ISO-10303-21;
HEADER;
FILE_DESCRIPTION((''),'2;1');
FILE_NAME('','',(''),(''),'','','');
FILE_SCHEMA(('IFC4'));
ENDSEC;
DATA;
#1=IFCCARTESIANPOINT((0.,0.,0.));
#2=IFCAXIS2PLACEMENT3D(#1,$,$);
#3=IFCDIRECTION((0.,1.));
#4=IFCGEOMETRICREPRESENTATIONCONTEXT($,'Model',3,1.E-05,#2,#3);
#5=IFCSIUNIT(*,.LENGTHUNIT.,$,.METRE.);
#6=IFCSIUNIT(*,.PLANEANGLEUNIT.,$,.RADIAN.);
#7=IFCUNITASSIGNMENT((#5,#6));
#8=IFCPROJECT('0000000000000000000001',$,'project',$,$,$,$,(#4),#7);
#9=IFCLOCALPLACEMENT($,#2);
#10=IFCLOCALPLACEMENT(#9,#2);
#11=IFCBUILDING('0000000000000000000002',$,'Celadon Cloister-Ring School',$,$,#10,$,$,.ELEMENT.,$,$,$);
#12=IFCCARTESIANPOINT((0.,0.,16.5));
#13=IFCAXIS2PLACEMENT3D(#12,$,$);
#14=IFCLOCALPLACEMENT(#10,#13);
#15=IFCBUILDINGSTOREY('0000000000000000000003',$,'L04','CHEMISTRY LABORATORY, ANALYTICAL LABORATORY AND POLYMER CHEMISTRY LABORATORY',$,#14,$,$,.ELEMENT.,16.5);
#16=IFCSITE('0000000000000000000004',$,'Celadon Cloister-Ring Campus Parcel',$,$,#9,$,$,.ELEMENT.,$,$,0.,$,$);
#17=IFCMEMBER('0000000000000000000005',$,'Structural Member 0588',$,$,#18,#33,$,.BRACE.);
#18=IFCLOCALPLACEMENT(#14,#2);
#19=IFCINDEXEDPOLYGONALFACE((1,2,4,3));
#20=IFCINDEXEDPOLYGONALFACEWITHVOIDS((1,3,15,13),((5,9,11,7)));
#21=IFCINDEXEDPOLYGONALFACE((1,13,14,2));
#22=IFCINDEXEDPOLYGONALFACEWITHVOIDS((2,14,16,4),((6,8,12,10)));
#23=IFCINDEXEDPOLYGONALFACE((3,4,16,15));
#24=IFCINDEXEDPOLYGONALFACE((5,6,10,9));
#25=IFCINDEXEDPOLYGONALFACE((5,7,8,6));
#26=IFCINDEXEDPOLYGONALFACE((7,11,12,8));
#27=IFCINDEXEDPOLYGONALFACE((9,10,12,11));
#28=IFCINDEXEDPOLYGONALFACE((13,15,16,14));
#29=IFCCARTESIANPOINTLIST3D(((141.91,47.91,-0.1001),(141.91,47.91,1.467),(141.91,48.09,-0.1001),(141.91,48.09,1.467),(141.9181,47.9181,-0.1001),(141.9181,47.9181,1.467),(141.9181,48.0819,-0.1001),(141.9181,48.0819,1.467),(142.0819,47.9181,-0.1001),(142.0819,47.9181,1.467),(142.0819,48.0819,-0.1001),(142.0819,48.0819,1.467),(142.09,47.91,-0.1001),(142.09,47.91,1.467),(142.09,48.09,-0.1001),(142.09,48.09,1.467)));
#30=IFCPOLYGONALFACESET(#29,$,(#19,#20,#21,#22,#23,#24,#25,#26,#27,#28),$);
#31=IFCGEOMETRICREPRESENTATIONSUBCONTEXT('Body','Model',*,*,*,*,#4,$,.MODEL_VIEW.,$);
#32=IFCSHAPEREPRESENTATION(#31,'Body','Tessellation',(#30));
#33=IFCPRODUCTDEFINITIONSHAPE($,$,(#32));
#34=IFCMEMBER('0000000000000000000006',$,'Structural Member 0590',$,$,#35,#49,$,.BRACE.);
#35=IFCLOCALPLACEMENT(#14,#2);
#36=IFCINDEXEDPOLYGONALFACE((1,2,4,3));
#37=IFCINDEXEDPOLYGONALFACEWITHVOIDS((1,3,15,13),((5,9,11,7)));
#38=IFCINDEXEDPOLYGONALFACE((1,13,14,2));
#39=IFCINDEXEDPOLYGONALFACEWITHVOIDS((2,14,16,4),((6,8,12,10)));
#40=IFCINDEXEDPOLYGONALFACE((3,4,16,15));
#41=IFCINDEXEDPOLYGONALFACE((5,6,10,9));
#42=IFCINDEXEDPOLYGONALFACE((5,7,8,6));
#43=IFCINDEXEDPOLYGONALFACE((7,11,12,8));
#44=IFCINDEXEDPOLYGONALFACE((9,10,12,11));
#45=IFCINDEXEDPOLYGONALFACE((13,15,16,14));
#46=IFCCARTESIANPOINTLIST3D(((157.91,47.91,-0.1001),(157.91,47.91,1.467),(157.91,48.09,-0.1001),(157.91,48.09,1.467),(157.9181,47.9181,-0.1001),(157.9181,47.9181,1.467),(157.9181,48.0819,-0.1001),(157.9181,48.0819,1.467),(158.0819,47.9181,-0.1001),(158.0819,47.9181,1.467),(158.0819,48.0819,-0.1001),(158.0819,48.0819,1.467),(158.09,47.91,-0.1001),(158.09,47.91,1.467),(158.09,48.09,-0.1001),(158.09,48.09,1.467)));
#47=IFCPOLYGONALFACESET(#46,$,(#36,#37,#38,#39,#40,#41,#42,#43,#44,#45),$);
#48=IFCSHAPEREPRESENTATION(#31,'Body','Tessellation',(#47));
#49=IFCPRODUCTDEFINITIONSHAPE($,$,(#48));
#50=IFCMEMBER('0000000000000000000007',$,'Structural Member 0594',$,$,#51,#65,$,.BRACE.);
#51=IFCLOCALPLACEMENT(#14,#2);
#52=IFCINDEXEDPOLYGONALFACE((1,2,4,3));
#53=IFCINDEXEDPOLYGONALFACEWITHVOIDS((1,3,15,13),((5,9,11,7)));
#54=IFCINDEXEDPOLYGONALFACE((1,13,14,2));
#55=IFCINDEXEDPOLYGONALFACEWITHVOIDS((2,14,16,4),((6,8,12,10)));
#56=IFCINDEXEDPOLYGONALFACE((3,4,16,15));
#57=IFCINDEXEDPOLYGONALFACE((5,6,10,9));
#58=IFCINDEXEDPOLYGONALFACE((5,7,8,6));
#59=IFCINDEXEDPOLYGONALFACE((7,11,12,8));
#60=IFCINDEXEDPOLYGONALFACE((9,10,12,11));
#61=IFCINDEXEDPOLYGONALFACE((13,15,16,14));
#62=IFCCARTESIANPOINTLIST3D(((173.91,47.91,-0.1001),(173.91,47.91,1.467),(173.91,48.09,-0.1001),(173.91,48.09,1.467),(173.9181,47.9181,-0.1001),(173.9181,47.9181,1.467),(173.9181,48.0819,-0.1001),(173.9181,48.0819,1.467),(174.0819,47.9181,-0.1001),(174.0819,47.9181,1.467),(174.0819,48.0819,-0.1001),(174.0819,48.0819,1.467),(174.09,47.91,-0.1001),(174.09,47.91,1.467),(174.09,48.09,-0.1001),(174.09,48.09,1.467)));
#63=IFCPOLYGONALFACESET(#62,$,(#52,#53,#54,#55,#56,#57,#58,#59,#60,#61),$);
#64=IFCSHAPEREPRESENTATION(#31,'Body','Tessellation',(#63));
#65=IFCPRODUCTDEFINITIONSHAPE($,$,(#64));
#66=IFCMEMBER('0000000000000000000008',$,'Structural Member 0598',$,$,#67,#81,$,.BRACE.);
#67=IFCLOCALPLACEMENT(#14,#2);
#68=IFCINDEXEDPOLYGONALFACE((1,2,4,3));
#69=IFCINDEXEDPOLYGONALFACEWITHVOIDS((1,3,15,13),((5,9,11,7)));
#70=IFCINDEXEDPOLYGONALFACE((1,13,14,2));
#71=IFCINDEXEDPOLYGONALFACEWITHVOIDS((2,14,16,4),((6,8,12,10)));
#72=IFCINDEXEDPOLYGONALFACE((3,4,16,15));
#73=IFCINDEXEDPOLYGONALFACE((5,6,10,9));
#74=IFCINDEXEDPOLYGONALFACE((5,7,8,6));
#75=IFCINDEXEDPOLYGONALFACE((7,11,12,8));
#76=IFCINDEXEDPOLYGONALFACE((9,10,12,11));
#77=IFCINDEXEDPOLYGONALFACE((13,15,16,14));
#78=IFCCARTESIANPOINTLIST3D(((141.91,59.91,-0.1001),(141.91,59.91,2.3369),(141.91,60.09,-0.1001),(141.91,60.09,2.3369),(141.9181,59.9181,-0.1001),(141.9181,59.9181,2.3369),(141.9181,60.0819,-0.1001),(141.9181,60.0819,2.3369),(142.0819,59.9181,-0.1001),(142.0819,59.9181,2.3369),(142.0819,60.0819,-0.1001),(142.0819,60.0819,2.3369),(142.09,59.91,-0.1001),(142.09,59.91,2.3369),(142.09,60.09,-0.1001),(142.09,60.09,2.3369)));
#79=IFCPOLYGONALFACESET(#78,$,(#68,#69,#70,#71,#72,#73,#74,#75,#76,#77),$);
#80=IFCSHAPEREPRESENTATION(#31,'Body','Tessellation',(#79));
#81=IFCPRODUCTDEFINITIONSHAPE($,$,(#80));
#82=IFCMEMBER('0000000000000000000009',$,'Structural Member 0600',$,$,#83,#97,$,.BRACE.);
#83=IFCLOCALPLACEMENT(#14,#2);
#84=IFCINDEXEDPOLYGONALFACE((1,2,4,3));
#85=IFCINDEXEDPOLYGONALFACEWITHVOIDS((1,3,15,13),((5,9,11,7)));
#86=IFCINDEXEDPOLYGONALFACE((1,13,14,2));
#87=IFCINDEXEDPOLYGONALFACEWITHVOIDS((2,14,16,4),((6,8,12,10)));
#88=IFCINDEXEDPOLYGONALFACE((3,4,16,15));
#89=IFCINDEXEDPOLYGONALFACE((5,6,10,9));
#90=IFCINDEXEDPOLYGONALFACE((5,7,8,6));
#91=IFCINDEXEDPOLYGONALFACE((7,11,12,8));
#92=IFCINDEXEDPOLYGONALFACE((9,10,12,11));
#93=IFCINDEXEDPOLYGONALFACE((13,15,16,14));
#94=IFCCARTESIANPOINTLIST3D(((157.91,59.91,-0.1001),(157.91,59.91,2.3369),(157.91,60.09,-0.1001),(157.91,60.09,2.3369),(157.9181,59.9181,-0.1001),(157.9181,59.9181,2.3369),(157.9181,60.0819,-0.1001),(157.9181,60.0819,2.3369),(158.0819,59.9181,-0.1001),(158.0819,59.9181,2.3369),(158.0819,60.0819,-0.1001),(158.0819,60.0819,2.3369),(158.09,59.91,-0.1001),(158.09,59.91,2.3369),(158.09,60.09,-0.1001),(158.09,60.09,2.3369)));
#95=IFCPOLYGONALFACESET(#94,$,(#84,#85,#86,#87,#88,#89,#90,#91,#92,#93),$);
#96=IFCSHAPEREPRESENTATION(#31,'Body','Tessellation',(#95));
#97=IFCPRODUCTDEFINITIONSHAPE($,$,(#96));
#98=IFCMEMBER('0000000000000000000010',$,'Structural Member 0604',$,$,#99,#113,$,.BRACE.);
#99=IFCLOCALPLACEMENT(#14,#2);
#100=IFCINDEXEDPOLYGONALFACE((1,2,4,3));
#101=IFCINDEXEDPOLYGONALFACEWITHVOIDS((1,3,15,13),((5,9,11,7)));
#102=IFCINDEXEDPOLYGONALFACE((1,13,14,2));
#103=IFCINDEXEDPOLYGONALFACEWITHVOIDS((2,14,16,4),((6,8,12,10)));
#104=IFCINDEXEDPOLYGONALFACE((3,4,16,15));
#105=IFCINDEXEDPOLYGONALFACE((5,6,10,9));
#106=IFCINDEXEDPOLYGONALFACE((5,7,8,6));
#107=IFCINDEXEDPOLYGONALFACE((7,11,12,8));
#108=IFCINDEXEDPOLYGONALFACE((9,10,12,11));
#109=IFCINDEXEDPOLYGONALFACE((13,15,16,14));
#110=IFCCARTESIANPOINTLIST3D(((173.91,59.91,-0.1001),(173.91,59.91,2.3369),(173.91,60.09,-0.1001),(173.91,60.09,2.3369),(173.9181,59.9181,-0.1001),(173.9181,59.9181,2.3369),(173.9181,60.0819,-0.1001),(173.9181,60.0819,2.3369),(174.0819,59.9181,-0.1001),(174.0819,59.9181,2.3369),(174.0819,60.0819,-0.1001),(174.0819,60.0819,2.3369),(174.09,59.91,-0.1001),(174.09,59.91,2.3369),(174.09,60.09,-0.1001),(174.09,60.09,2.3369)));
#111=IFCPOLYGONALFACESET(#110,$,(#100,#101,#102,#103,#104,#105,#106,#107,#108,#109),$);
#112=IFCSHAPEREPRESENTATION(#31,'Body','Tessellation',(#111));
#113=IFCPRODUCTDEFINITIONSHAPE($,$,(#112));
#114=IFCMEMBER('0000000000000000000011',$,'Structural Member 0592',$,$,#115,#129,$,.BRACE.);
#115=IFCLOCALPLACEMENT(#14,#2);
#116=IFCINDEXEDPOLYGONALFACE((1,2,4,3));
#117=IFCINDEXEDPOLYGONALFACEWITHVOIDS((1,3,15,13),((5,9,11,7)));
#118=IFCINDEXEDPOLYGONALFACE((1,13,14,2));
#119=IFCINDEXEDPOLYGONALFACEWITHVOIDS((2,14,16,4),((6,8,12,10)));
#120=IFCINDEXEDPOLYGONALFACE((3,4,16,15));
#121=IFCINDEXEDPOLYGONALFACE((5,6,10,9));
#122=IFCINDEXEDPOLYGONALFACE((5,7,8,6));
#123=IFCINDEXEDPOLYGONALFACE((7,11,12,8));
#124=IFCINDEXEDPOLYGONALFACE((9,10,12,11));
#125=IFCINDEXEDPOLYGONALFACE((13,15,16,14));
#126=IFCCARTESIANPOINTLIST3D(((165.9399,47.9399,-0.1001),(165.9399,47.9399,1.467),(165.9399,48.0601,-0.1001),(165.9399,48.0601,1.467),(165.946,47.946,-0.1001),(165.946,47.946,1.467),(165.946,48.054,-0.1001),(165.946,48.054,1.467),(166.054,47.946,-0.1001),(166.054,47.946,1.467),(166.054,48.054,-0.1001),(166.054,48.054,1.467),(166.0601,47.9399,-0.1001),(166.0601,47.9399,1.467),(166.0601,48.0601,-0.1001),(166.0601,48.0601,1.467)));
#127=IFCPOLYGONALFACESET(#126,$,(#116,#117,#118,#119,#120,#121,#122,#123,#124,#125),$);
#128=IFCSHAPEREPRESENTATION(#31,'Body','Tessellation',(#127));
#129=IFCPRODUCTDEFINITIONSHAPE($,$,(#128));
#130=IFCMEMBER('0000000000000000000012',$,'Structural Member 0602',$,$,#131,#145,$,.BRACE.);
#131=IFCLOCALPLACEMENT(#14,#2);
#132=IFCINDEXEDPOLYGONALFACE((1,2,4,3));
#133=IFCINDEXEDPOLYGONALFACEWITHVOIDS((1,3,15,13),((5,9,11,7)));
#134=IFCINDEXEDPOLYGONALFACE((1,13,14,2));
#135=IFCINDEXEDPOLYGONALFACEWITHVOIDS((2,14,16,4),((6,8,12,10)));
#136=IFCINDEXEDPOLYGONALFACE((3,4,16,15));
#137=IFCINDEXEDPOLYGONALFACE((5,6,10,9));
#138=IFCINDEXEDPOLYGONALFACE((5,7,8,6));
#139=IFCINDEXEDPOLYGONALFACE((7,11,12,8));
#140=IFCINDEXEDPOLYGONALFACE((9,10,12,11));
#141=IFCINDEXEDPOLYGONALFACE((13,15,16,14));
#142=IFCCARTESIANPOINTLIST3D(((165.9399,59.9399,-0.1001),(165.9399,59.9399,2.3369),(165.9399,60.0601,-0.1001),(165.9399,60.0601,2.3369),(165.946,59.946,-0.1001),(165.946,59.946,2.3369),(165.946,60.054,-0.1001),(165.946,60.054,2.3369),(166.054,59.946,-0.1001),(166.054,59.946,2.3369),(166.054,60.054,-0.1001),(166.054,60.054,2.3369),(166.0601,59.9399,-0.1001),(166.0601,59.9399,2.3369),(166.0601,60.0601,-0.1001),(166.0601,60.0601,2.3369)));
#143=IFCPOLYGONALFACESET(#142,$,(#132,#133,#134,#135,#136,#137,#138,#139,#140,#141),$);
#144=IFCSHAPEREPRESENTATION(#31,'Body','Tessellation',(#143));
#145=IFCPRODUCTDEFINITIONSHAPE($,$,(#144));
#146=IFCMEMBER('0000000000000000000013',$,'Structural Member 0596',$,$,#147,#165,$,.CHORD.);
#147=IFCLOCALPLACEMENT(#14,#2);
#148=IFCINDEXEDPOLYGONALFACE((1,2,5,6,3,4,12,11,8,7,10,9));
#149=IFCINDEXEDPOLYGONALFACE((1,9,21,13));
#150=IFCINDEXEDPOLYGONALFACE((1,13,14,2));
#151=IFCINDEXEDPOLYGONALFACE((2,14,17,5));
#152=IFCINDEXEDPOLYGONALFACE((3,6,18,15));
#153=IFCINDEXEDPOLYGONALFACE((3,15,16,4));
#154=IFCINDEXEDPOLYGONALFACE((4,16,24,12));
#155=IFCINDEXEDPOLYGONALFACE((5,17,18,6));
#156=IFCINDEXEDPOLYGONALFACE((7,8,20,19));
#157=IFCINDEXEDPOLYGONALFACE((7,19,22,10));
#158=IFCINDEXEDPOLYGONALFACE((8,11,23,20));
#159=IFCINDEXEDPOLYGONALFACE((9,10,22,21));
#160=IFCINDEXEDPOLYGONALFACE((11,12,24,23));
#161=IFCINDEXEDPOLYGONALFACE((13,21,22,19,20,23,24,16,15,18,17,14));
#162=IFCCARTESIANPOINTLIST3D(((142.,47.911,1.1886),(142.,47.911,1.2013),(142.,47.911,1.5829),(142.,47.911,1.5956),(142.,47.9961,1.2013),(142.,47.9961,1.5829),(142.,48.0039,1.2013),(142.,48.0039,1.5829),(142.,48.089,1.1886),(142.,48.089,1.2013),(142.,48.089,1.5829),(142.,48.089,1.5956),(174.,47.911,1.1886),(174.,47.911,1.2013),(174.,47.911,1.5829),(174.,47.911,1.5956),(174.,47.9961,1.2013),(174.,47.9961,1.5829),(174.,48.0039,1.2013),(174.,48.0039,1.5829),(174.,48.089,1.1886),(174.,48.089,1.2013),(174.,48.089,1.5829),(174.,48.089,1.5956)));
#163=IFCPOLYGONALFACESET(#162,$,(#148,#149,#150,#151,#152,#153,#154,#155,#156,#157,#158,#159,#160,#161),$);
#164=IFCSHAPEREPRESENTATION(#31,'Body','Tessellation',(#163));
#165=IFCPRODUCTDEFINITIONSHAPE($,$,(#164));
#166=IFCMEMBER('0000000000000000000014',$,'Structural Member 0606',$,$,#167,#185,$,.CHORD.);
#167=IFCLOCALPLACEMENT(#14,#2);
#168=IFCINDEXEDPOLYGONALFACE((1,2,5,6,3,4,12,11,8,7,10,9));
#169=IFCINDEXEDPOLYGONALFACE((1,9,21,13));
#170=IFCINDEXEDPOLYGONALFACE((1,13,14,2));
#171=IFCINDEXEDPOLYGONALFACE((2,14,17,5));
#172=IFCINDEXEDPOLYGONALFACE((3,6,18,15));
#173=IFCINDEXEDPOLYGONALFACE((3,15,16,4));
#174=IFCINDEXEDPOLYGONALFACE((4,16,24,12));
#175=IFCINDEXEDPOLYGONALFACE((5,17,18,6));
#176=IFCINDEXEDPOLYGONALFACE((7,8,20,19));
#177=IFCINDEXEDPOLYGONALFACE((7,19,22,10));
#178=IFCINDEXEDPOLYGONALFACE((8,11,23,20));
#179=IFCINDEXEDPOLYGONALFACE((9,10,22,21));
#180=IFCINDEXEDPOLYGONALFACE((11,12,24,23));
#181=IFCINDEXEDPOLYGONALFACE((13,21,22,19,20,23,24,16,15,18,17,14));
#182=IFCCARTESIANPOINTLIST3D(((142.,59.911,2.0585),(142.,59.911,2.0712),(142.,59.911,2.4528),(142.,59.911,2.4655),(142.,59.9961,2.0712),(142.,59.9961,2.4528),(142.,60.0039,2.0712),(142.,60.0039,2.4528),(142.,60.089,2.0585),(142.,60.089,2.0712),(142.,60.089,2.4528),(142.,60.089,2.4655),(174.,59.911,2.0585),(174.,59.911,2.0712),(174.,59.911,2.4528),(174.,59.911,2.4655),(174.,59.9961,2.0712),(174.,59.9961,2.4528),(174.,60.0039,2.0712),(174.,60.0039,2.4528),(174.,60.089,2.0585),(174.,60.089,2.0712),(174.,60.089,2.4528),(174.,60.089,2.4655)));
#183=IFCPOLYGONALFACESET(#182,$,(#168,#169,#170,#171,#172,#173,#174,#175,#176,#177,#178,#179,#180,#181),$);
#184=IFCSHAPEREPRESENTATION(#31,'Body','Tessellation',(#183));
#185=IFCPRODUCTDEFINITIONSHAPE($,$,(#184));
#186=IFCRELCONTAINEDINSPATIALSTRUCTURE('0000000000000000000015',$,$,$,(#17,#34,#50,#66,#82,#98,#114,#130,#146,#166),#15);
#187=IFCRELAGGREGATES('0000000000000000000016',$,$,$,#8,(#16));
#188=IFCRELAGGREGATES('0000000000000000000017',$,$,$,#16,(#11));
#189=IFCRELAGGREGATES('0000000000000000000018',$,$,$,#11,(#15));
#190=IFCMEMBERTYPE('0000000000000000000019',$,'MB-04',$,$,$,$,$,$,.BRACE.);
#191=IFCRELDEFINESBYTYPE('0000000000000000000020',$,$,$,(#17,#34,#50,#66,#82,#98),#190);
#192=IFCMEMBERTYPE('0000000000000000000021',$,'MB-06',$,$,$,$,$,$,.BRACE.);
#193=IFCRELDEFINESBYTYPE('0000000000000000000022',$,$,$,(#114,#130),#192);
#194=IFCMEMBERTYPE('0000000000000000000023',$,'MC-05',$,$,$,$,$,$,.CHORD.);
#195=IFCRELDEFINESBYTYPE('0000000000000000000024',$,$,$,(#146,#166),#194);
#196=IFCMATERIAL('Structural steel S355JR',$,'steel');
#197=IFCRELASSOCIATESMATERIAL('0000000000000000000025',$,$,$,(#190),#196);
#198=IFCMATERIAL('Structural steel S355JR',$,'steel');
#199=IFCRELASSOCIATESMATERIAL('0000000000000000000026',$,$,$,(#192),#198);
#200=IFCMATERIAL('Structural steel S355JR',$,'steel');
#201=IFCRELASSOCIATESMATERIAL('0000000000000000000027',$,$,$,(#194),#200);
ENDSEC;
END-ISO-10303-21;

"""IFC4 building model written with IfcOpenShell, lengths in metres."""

from ifc_helpers import new_model, si_unit, direction, frame, origin, origin_2d, place, context, subcontext, project, spatial, hollow_rectangle, i_section, extrude, material, material_profile, profile_set, type_object, element, save


model = new_model("IFC4")

# Units and contexts
model_context = context("Model", 3, precision=1e-05, world=origin(), true_north=direction((0.0, 1.0)))
body_context = subcontext(model_context, "Body", "Model", "MODEL_VIEW")
ifc_project = project(units=[si_unit("LENGTHUNIT", "METRE"), si_unit("PLANEANGLEUNIT", "RADIAN")], contexts=[model_context])

# Site, building, storey
site_placement = place(None, origin())
site = spatial("IfcSite", under=ifc_project, at=site_placement, Name="Celadon Cloister-Ring Campus Parcel", CompositionType="ELEMENT", RefElevation=0.0)
building_placement = place(site_placement, origin())
building = spatial("IfcBuilding", under=site, at=building_placement, Name="Celadon Cloister-Ring School", CompositionType="ELEMENT")
storey_placement = place(building_placement, frame((0.0, 0.0, 16.5)))
storey = spatial("IfcBuildingStorey", under=building, at=storey_placement, Name="L04", Description="CHEMISTRY LABORATORY, ANALYTICAL LABORATORY AND POLYMER CHEMISTRY LABORATORY", CompositionType="ELEMENT", Elevation=16.5)

# Members
ifc_material_1 = material(Name="Structural steel S355JR", Category="steel")
ifc_material_profile_1 = material_profile(ifc_material_1, hollow_rectangle(XDim=0.1799, YDim=0.1799, WallThickness=0.0081, at=origin_2d()), Name="HSS180X180X8")
ifc_profile_set_1 = profile_set([ifc_material_profile_1], Name="Structural steel S355JR")
member_type_1 = type_object("IfcMemberType", Name="MB-04", PredefinedType="BRACE", material=ifc_profile_set_1)
for number, where, z_axis, x_axis, name in (
    (1, (142.0, 48.0, -0.1001), (0.0, 0.0, 1.0), (1.0, 0.0, 0.0), "Structural Member 0588"),
    (2, (158.0, 48.0, -0.1001), (0.0, 0.0, 1.0), (1.0, 0.0, 0.0), "Structural Member 0590"),
    (3, (174.0, 48.0, -0.1001), (0.0, 0.0, 1.0), (1.0, 0.0, 0.0), "Structural Member 0594"),
):
    element("IfcMember", number, at=place(storey_placement, frame(where, z_axis=z_axis, x_axis=x_axis)), inside=storey, type_object=member_type_1, Name=name, PredefinedType="BRACE", context=body_context, shape_type="SweptSolid", body=[
        extrude(hollow_rectangle(XDim=0.1799, YDim=0.1799, WallThickness=0.0081, at=origin_2d()), origin(), (0.0, 0.0, 1.0), 1.5671),
    ])
for number, where, z_axis, x_axis, name in (
    (4, (142.0, 60.0, -0.1001), (0.0, 0.0, 1.0), (1.0, 0.0, 0.0), "Structural Member 0598"),
    (5, (158.0, 60.0, -0.1001), (0.0, 0.0, 1.0), (1.0, 0.0, 0.0), "Structural Member 0600"),
    (6, (174.0, 60.0, -0.1001), (0.0, 0.0, 1.0), (1.0, 0.0, 0.0), "Structural Member 0604"),
):
    element("IfcMember", number, at=place(storey_placement, frame(where, z_axis=z_axis, x_axis=x_axis)), inside=storey, type_object=member_type_1, Name=name, PredefinedType="BRACE", context=body_context, shape_type="SweptSolid", body=[
        extrude(hollow_rectangle(XDim=0.1799, YDim=0.1799, WallThickness=0.0081, at=origin_2d()), origin(), (0.0, 0.0, 1.0), 2.437),
    ])
ifc_material_2 = material(Name="Structural steel S355JR", Category="steel")
ifc_material_profile_2 = material_profile(ifc_material_2, hollow_rectangle(XDim=0.1201, YDim=0.1201, WallThickness=0.0061, at=origin_2d()), Name="HSS120X120X6")
ifc_profile_set_2 = profile_set([ifc_material_profile_2], Name="Structural steel S355JR")
member_type_2 = type_object("IfcMemberType", Name="MB-06", PredefinedType="BRACE", material=ifc_profile_set_2)
member_1_placement = place(storey_placement, frame((166.0, 48.0, -0.1001), z_axis=(0.0, 0.0, 1.0), x_axis=(1.0, 0.0, 0.0)))
element("IfcMember", 7, at=member_1_placement, inside=storey, type_object=member_type_2, Name="Structural Member 0592", PredefinedType="BRACE", context=body_context, shape_type="SweptSolid", body=[
    extrude(hollow_rectangle(XDim=0.1201, YDim=0.1201, WallThickness=0.0061, at=origin_2d()), origin(), (0.0, 0.0, 1.0), 1.5671),
])
member_2_placement = place(storey_placement, frame((166.0, 60.0, -0.1001), z_axis=(0.0, 0.0, 1.0), x_axis=(1.0, 0.0, 0.0)))
element("IfcMember", 8, at=member_2_placement, inside=storey, type_object=member_type_2, Name="Structural Member 0602", PredefinedType="BRACE", context=body_context, shape_type="SweptSolid", body=[
    extrude(hollow_rectangle(XDim=0.1201, YDim=0.1201, WallThickness=0.0061, at=origin_2d()), origin(), (0.0, 0.0, 1.0), 2.437),
])
ifc_material_3 = material(Name="Structural steel S355JR", Category="steel")
ifc_material_profile_3 = material_profile(ifc_material_3, i_section(OverallWidth=0.178, OverallDepth=0.407, WebThickness=0.0078, FlangeThickness=0.0127, at=origin_2d()), Name="W410X60")
ifc_profile_set_3 = profile_set([ifc_material_profile_3], Name="Structural steel S355JR")
member_type_3 = type_object("IfcMemberType", Name="MC-05", PredefinedType="CHORD", material=ifc_profile_set_3)
for number, where, z_axis, x_axis, name in (
    (9, (142.0, 48.0, 1.3921), (1.0, 0.0, 0.0), (0.0, 1.0, 0.0), "Structural Member 0596"),
    (10, (142.0, 60.0, 2.262), (1.0, 0.0, 0.0), (0.0, 1.0, 0.0), "Structural Member 0606"),
):
    element("IfcMember", number, at=place(storey_placement, frame(where, z_axis=z_axis, x_axis=x_axis)), inside=storey, type_object=member_type_3, Name=name, PredefinedType="CHORD", context=body_context, shape_type="SweptSolid", body=[
        extrude(i_section(OverallWidth=0.178, OverallDepth=0.407, WebThickness=0.0078, FlangeThickness=0.0127, at=origin_2d()), origin(), (0.0, 0.0, 1.0), 32.0),
    ])

save(model, "model.ifc")
